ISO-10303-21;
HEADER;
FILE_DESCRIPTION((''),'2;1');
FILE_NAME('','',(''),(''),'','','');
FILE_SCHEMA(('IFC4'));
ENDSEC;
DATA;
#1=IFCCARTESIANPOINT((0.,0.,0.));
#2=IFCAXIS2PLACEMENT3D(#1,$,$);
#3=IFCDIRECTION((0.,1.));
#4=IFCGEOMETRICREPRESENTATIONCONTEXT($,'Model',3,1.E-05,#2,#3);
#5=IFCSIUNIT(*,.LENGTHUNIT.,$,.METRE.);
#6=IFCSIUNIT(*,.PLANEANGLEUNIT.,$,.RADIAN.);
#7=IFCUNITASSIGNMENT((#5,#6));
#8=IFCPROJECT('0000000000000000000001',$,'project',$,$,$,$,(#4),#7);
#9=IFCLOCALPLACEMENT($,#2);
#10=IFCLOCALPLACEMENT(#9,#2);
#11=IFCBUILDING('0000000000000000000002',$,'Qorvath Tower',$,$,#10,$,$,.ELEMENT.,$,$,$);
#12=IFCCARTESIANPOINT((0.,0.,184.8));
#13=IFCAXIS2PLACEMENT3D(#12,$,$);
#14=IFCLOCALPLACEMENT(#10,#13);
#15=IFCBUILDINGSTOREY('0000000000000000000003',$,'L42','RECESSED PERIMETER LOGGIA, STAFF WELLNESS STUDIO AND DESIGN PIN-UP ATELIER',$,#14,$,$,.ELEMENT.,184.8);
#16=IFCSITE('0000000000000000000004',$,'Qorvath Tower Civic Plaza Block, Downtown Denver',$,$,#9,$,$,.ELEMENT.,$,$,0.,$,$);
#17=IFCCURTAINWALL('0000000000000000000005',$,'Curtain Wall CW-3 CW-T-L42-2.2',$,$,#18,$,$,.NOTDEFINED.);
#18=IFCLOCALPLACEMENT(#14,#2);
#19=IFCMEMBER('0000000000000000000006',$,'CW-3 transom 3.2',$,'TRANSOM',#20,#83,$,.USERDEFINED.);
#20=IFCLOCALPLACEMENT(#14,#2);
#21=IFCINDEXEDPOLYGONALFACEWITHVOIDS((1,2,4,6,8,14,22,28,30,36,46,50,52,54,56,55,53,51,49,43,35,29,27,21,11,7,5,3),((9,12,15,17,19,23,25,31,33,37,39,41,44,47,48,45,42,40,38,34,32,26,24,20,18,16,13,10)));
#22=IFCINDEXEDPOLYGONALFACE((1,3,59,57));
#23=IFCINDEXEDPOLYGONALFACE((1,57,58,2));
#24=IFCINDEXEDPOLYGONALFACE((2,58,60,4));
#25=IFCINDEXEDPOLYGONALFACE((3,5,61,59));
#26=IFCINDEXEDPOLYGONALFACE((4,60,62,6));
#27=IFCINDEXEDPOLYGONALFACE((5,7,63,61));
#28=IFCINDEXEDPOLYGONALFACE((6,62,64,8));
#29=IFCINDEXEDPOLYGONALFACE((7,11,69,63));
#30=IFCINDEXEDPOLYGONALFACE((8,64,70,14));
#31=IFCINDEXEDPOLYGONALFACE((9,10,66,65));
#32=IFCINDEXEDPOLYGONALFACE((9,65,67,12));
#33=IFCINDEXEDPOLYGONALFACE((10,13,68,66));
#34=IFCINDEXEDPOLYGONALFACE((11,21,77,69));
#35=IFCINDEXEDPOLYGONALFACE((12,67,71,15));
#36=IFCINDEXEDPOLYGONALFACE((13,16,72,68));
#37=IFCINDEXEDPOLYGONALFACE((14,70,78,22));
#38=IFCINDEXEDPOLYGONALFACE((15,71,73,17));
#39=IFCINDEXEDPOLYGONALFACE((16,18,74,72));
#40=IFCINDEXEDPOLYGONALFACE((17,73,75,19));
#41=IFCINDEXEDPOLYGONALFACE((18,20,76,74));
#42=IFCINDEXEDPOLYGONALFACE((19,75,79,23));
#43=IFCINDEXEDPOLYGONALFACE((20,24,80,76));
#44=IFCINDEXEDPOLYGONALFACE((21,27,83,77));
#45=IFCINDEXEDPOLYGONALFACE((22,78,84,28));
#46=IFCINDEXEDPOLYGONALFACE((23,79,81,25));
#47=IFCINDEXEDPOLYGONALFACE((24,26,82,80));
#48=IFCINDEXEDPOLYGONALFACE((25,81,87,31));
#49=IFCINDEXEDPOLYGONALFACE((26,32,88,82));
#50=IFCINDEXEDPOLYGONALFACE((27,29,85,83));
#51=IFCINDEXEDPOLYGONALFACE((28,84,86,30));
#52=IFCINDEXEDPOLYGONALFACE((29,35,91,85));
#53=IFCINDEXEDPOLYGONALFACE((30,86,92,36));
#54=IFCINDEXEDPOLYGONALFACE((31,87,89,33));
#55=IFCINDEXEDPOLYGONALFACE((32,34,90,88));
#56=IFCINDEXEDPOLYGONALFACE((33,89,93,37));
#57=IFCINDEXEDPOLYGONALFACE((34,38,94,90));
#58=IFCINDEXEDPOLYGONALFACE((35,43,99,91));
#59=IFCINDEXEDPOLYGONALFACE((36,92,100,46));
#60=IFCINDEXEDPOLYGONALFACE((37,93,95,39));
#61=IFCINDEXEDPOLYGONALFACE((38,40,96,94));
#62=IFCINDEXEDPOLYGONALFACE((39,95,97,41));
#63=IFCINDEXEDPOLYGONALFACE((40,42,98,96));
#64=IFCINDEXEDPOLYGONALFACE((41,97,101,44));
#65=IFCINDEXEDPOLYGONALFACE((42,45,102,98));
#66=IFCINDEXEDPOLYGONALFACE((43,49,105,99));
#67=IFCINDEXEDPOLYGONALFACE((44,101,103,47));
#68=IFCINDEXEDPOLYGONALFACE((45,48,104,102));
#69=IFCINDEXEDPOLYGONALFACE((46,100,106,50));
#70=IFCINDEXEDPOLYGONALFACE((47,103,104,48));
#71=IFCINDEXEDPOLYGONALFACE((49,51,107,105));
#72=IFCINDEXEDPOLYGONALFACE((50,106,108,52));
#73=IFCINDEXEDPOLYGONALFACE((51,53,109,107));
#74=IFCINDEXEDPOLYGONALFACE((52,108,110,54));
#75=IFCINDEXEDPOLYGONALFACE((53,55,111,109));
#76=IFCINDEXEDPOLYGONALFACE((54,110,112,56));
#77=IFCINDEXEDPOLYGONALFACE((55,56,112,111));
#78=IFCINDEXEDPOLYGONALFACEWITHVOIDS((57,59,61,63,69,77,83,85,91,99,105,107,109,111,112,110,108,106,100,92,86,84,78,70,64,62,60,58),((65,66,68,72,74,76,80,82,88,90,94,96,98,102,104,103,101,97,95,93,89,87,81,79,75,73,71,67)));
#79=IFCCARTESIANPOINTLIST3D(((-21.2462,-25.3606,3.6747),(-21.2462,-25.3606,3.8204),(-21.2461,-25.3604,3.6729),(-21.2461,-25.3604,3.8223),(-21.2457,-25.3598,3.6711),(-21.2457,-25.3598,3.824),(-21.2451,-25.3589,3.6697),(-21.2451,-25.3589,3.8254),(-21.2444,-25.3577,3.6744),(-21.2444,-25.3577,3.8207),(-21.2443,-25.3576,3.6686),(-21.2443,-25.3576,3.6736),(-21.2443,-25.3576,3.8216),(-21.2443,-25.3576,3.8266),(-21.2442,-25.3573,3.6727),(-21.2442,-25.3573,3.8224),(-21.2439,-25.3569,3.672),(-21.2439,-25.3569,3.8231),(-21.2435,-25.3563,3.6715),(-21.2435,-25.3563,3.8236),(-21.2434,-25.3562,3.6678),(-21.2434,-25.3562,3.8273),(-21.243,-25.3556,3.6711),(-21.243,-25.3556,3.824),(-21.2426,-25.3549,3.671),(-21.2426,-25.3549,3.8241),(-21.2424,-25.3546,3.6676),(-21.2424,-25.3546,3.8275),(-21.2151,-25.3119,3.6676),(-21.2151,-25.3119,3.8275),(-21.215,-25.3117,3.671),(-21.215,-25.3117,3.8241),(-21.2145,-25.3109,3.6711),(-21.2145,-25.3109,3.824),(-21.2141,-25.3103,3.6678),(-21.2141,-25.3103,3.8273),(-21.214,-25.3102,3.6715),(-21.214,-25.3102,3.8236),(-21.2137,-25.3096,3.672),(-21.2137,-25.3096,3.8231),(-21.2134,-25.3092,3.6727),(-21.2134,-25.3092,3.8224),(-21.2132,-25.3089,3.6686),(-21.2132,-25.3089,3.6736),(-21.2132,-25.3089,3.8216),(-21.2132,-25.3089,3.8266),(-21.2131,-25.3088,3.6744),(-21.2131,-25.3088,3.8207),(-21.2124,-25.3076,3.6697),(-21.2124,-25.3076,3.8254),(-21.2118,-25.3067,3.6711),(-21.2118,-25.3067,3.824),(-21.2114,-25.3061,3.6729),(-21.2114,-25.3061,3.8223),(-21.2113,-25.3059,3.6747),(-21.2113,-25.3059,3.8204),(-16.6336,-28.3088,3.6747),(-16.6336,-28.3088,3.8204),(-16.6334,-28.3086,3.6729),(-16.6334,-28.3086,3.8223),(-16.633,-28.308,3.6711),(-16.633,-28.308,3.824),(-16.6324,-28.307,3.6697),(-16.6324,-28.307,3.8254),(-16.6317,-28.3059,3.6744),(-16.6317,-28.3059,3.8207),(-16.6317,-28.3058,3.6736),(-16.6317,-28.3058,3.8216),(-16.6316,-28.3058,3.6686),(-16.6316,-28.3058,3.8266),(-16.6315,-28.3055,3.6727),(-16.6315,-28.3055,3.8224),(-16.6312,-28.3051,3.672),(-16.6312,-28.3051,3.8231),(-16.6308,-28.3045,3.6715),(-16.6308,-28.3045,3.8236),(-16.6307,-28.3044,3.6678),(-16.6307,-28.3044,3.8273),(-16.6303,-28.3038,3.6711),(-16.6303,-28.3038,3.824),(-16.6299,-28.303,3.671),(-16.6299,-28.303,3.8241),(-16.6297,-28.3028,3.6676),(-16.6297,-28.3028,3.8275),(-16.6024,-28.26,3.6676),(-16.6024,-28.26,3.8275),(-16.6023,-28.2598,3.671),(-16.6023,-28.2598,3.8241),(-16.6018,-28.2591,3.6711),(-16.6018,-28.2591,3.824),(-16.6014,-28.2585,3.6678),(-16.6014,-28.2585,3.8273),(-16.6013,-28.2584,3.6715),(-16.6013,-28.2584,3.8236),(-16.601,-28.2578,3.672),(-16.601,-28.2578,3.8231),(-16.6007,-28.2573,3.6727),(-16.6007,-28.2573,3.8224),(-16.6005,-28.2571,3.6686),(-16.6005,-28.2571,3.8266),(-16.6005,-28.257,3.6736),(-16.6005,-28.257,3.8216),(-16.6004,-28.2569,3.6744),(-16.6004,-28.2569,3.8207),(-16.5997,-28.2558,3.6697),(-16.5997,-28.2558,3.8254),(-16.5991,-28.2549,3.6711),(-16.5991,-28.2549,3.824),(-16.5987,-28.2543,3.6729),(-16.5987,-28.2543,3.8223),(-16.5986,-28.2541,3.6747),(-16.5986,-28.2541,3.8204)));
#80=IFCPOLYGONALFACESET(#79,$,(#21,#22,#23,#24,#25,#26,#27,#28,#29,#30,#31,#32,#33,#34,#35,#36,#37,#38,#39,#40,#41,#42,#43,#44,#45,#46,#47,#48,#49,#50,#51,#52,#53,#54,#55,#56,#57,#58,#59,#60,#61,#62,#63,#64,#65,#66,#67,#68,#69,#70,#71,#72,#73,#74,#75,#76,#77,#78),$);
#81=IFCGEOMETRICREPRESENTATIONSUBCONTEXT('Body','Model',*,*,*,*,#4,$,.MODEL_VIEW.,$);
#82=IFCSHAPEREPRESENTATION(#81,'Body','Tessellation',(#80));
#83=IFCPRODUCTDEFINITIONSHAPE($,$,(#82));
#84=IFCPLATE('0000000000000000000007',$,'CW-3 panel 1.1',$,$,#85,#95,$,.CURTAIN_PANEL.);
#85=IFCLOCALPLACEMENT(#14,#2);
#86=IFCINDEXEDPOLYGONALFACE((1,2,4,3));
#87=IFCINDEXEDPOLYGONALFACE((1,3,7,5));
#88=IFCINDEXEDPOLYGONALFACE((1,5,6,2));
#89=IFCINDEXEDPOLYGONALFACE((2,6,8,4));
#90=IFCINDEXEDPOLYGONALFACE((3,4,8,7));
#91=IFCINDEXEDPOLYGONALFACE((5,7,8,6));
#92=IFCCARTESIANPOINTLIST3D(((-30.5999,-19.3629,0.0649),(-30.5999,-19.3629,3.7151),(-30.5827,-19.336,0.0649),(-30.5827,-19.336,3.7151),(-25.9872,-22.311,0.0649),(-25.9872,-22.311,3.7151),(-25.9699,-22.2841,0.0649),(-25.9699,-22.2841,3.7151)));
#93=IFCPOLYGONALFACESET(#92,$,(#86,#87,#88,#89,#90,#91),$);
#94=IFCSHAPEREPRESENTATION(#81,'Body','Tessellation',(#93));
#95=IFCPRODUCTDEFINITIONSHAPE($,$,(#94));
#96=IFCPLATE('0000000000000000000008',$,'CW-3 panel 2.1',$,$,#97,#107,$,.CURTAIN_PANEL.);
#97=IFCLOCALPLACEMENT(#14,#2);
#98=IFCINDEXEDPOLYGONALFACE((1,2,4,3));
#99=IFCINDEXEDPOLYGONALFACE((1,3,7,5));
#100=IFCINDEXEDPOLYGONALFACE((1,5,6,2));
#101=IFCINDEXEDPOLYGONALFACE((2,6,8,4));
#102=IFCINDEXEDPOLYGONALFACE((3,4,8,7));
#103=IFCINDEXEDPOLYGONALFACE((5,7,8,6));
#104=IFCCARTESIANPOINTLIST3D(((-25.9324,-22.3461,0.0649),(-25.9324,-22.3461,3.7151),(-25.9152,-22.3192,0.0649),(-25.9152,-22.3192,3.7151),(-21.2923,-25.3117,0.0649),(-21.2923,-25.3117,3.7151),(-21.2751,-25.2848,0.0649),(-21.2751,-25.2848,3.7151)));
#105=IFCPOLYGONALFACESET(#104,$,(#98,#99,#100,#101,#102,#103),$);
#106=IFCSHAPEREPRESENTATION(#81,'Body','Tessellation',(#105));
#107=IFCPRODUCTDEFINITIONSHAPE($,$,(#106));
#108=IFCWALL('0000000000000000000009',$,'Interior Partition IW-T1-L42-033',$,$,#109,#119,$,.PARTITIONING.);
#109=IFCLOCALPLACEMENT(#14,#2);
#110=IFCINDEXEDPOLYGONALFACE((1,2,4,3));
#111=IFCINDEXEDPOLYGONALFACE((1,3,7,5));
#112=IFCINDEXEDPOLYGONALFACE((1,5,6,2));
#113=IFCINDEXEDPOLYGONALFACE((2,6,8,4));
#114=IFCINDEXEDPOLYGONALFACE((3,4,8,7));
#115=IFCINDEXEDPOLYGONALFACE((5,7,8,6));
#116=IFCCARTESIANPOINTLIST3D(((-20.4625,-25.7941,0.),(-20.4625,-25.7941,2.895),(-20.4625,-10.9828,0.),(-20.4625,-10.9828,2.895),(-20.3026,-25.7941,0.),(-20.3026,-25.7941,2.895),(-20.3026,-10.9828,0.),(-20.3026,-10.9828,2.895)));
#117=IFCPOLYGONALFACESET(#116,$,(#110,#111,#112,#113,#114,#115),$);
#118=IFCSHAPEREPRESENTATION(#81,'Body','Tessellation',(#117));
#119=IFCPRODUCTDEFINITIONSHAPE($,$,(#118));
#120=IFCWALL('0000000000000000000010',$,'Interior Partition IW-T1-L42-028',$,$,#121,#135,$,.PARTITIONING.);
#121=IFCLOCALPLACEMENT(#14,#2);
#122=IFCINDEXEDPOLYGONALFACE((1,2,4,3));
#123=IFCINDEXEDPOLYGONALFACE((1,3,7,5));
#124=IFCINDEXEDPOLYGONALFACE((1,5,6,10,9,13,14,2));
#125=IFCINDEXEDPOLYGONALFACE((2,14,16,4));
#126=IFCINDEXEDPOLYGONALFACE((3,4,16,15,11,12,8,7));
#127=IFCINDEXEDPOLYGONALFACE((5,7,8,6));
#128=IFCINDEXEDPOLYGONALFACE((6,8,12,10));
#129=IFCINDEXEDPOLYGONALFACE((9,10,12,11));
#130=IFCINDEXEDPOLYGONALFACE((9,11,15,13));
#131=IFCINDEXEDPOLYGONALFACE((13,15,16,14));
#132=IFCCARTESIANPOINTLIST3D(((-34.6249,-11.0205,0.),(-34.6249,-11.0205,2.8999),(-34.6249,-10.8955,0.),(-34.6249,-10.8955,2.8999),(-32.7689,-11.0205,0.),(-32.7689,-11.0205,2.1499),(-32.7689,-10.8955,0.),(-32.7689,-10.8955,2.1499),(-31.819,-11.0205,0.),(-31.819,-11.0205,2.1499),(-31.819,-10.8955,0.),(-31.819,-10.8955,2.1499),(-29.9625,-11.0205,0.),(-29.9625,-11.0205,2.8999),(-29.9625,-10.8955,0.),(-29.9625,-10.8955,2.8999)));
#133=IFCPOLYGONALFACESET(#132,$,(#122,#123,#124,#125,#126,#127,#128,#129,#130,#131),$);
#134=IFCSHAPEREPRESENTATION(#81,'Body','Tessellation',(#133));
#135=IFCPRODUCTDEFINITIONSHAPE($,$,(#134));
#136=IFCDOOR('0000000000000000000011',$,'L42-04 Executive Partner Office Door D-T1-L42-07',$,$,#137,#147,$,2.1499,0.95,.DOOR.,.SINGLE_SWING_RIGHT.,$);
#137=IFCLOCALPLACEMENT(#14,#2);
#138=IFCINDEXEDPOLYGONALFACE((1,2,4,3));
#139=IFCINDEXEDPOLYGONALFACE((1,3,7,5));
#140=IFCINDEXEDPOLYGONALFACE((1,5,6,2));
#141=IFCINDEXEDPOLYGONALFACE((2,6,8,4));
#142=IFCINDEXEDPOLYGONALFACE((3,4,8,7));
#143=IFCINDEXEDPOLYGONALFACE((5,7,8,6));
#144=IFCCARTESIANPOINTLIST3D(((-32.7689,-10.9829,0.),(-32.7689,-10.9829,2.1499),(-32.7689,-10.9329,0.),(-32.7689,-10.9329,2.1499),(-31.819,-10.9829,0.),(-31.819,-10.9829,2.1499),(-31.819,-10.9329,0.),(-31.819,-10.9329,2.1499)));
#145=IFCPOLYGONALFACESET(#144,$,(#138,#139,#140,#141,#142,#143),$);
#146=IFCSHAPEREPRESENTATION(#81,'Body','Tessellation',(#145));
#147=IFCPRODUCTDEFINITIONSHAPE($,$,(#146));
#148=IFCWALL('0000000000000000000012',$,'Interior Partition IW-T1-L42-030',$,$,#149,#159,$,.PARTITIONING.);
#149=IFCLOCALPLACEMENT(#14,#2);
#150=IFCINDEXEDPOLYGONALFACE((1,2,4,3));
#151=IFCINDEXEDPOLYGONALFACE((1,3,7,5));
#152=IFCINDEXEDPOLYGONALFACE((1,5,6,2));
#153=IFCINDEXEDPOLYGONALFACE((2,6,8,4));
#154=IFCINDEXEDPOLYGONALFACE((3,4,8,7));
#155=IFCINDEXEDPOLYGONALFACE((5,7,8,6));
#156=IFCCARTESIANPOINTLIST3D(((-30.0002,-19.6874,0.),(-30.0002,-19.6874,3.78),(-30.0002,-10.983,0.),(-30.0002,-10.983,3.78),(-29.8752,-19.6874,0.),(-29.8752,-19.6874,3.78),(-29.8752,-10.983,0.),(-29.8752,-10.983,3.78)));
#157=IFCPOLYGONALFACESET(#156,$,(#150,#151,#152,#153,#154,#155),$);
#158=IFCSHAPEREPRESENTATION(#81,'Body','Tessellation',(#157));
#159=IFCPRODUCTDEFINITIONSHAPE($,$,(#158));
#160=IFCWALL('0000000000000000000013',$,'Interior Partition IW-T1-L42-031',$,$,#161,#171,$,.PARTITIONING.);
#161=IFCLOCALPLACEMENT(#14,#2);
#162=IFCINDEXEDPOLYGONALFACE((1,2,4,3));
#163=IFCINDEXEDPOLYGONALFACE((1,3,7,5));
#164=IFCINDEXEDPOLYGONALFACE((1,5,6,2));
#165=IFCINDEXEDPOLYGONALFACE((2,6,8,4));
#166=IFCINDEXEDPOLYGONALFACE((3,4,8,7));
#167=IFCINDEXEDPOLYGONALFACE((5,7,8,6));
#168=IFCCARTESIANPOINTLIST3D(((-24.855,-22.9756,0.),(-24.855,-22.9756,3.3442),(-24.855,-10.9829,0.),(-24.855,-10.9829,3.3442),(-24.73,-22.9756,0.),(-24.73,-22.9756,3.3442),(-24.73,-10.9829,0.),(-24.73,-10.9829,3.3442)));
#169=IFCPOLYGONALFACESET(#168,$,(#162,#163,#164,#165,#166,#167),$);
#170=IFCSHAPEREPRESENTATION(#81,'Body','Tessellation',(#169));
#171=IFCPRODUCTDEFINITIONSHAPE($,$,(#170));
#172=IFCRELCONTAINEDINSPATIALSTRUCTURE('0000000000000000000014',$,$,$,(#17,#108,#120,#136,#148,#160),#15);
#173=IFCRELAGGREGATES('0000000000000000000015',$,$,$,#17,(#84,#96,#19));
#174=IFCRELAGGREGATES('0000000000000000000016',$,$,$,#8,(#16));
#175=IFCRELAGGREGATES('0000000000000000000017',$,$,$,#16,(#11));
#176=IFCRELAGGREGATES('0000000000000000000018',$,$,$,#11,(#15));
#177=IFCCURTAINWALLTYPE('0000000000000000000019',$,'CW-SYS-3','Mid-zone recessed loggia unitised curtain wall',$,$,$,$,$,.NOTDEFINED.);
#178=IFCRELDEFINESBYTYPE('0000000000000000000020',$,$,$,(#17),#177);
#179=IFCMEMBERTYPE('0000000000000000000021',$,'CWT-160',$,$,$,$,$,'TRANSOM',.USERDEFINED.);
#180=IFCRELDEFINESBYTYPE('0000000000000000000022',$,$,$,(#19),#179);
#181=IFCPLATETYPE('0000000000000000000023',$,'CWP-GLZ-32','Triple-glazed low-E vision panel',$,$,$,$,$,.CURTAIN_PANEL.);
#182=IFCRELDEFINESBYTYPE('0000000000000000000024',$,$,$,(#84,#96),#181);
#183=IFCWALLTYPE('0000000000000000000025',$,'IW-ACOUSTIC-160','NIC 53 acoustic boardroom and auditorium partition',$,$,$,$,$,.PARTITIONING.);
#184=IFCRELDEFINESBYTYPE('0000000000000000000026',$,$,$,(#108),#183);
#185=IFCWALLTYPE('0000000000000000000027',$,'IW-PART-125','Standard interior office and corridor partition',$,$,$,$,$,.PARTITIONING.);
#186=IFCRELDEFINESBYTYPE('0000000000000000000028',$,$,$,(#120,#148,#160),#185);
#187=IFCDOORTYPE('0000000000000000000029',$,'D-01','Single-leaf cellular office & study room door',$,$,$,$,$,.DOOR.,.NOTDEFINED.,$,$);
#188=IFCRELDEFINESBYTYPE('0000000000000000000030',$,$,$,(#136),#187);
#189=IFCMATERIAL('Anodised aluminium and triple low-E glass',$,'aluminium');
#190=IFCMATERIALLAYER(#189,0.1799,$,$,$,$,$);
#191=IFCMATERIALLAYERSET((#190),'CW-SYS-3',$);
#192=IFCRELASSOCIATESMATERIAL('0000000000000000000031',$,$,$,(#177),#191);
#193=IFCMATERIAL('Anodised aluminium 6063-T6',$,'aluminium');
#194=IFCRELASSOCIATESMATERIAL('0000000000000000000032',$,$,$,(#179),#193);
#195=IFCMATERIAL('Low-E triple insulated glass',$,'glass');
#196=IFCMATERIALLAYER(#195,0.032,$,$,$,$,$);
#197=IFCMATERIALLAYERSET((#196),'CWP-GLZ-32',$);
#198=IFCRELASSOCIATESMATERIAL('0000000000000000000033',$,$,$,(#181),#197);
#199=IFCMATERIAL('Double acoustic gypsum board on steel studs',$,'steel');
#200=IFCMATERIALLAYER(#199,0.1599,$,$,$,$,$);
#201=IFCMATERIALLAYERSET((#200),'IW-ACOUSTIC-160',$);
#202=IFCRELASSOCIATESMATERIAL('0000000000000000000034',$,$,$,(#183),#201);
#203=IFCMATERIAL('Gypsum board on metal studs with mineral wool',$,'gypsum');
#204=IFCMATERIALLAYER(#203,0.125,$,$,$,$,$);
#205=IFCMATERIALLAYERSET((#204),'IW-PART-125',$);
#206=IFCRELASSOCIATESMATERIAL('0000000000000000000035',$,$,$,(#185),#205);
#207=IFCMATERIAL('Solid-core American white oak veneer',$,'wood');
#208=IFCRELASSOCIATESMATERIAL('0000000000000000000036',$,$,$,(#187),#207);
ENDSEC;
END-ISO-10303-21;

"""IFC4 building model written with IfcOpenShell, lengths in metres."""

from ifc_helpers import new_model, si_unit, direction, frame, frame_2d, origin, origin_2d, place, context, subcontext, project, spatial, rectangle, hollow_rectangle, extrude, material, layer, layer_set, material_profile, profile_set, type_object, element, fill, aggregate, save


model = new_model("IFC4")

# Units and contexts
model_context = context("Model", 3, precision=1e-05, world=origin(), true_north=direction((0.0, 1.0)))
body_context = subcontext(model_context, "Body", "Model", "MODEL_VIEW")
ifc_project = project(units=[si_unit("LENGTHUNIT", "METRE"), si_unit("PLANEANGLEUNIT", "RADIAN")], contexts=[model_context])

# Site, building, storey
site_placement = place(None, origin())
site = spatial("IfcSite", under=ifc_project, at=site_placement, Name="Qorvath Tower Civic Plaza Block, Downtown Denver", CompositionType="ELEMENT", RefElevation=0.0)
building_placement = place(site_placement, origin())
building = spatial("IfcBuilding", under=site, at=building_placement, Name="Qorvath Tower", CompositionType="ELEMENT")
storey_placement = place(building_placement, frame((0.0, 0.0, 184.8)))
storey = spatial("IfcBuildingStorey", under=building, at=storey_placement, Name="L42", Description="RECESSED PERIMETER LOGGIA, STAFF WELLNESS STUDIO AND DESIGN PIN-UP ATELIER", CompositionType="ELEMENT", Elevation=184.8)

# Curtain wall, member, plates
ifc_material_1 = material(Name="Anodised aluminium and triple low-E glass", Category="aluminium")
ifc_layer_1 = layer(ifc_material_1, 0.1799)
ifc_layer_set_1 = layer_set([ifc_layer_1], Name="CW-SYS-3")
curtain_wall_type = type_object("IfcCurtainWallType", Name="CW-SYS-3", Description="Mid-zone recessed loggia unitised curtain wall", PredefinedType="NOTDEFINED", material=ifc_layer_set_1)
curtain_wall_placement = place(storey_placement, origin())
curtain_wall = element("IfcCurtainWall", 1, at=curtain_wall_placement, inside=storey, type_object=curtain_wall_type, Name="Curtain Wall CW-3 CW-T-L42-2.2", PredefinedType="NOTDEFINED")
ifc_material_2 = material(Name="Anodised aluminium 6063-T6", Category="aluminium")
ifc_material_profile_1 = material_profile(ifc_material_2, hollow_rectangle(XDim=0.0649, YDim=0.1599, WallThickness=0.0034, InnerFilletRadius=0.0034, OuterFilletRadius=0.0071, at=origin_2d()), Name="CWT 160x65")
ifc_profile_set_1 = profile_set([ifc_material_profile_1], Name="Anodised aluminium 6063-T6")
member_type_1 = type_object("IfcMemberType", Name="CWT-160", ElementType="TRANSOM", PredefinedType="USERDEFINED", material=ifc_profile_set_1)
member_1_placement = place(storey_placement, frame((-21.2288, -25.3333, 3.7476), z_axis=(0.842598, -0.538542, 0.0), x_axis=(0.538542, 0.842598, 0.0)))
member_1 = element("IfcMember", 2, at=member_1_placement, type_object=member_type_1, Name="CW-3 transom 3.2", ObjectType="TRANSOM", PredefinedType="USERDEFINED", context=body_context, shape_type="SweptSolid", body=[
    extrude(hollow_rectangle(XDim=0.0649, YDim=0.1599, WallThickness=0.0034, InnerFilletRadius=0.0034, OuterFilletRadius=0.0071, at=origin_2d()), origin(), (0.0, 0.0, 1.0), 5.4744),
])
ifc_material_3 = material(Name="Low-E triple insulated glass", Category="glass")
ifc_layer_2 = layer(ifc_material_3, 0.032)
ifc_layer_set_2 = layer_set([ifc_layer_2], Name="CWP-GLZ-32")
plate_type = type_object("IfcPlateType", Name="CWP-GLZ-32", Description="Triple-glazed low-E vision panel", PredefinedType="CURTAIN_PANEL", material=ifc_layer_set_2)
plate_1_placement = place(storey_placement, frame((-28.2849, -20.8235, 0.0649), z_axis=(0.0, 0.0, 1.0), x_axis=(0.842606, -0.538531, 0.0)))
plate_1 = element("IfcPlate", 3, at=plate_1_placement, type_object=plate_type, Name="CW-3 panel 1.1", PredefinedType="CURTAIN_PANEL", context=body_context, shape_type="SweptSolid", body=[
    extrude(rectangle(XDim=5.4744, YDim=0.032, at=origin_2d()), origin(), (0.0, 0.0, 1.0), 3.6501),
])
plate_2_placement = place(storey_placement, frame((-23.6038, -23.8154, 0.0649), z_axis=(0.0, 0.0, 1.0), x_axis=(0.842606, -0.538531, 0.0)))
plate_2 = element("IfcPlate", 4, at=plate_2_placement, type_object=plate_type, Name="CW-3 panel 2.1", PredefinedType="CURTAIN_PANEL", context=body_context, shape_type="SweptSolid", body=[
    extrude(rectangle(XDim=5.5068, YDim=0.032, at=origin_2d()), origin(), (0.0, 0.0, 1.0), 3.6501),
])
aggregate(curtain_wall, [plate_1, plate_2, member_1])

# Wall
ifc_material_4 = material(Name="Double acoustic gypsum board on steel studs", Category="steel")
ifc_layer_3 = layer(ifc_material_4, 0.1599)
ifc_layer_set_3 = layer_set([ifc_layer_3], Name="IW-ACOUSTIC-160")
wall_type_1 = type_object("IfcWallType", Name="IW-ACOUSTIC-160", Description="NIC 53 acoustic boardroom and auditorium partition", PredefinedType="PARTITIONING", material=ifc_layer_set_3)
wall_1_placement = place(storey_placement, frame((-20.3826, -25.7942, 0.0), z_axis=(0.0, 0.0, 1.0), x_axis=(0.0, 1.0, 0.0)))
element("IfcWall", 5, at=wall_1_placement, inside=storey, type_object=wall_type_1, Name="Interior Partition IW-T1-L42-033", PredefinedType="PARTITIONING", context=body_context, shape_type="SweptSolid", body=[
    extrude(rectangle(XDim=14.8113, YDim=0.1599, at=frame_2d((7.4058, 0.0))), origin(), (0.0, 0.0, 1.0), 2.895),
])

# Wall, opening, door
ifc_material_5 = material(Name="Gypsum board on metal studs with mineral wool", Category="gypsum")
ifc_layer_4 = layer(ifc_material_5, 0.125)
ifc_layer_set_4 = layer_set([ifc_layer_4], Name="IW-PART-125")
wall_type_2 = type_object("IfcWallType", Name="IW-PART-125", Description="Standard interior office and corridor partition", PredefinedType="PARTITIONING", material=ifc_layer_set_4)
wall_2_placement = place(storey_placement, frame((-29.9626, -10.958, 0.0), z_axis=(0.0, 0.0, 1.0), x_axis=(-1.0, 0.0, 0.0)))
wall_2 = element("IfcWall", 6, at=wall_2_placement, inside=storey, type_object=wall_type_2, Name="Interior Partition IW-T1-L42-028", PredefinedType="PARTITIONING", context=body_context, shape_type="SweptSolid", body=[
    extrude(rectangle(XDim=4.6624, YDim=0.125, at=frame_2d((2.3311, 0.0))), origin(), (0.0, 0.0, 1.0), 2.8999),
])
opening_1_placement = place(wall_2_placement, frame((1.8562, 0.0, 0.0)))
opening_1 = element("IfcOpeningElement", 7, at=opening_1_placement, cuts=wall_2, PredefinedType="OPENING", context=body_context, shape_type="SweptSolid", body=[
    extrude(rectangle(XDim=0.95, YDim=2.1499, at=frame_2d((0.4751, 1.075))), frame((0.0, 0.0725, 0.0), z_axis=(0.0, -1.0, 0.0), x_axis=(1.0, 0.0, 0.0)), (0.0, 0.0, 1.0), 0.145),
])
ifc_material_6 = material(Name="Solid-core American white oak veneer", Category="wood")
door_type_1 = type_object("IfcDoorType", Name="D-01", Description="Single-leaf cellular office & study room door", OperationType="NOTDEFINED", PredefinedType="DOOR", material=ifc_material_6)
door_1_placement = place(opening_1_placement, origin())
door_1 = element("IfcDoor", 8, at=door_1_placement, inside=storey, type_object=door_type_1, Name="L42-04 Executive Partner Office Door D-T1-L42-07", OperationType="SINGLE_SWING_RIGHT", OverallHeight=2.1499, OverallWidth=0.95, PredefinedType="DOOR", context=body_context, shape_type="SweptSolid", body=[
    extrude(rectangle(XDim=0.95, YDim=2.1499, at=frame_2d((0.4751, 1.075))), frame((0.0, 0.0249, 0.0), z_axis=(0.0, -1.0, 0.0), x_axis=(1.0, 0.0, 0.0)), (0.0, 0.0, 1.0), 0.05),
])
fill(opening_1, door_1)

# Walls
wall_3_placement = place(storey_placement, frame((-29.9377, -19.6873, 0.0), z_axis=(0.0, 0.0, 1.0), x_axis=(0.0, 1.0, 0.0)))
element("IfcWall", 9, at=wall_3_placement, inside=storey, type_object=wall_type_2, Name="Interior Partition IW-T1-L42-030", PredefinedType="PARTITIONING", context=body_context, shape_type="SweptSolid", body=[
    extrude(rectangle(XDim=8.7043, YDim=0.125, at=frame_2d((4.3521, 0.0))), origin(), (0.0, 0.0, 1.0), 3.78),
])
wall_4_placement = place(storey_placement, frame((-24.7925, -22.9756, 0.0), z_axis=(0.0, 0.0, 1.0), x_axis=(0.0, 1.0, 0.0)))
element("IfcWall", 10, at=wall_4_placement, inside=storey, type_object=wall_type_2, Name="Interior Partition IW-T1-L42-031", PredefinedType="PARTITIONING", context=body_context, shape_type="SweptSolid", body=[
    extrude(rectangle(XDim=11.9927, YDim=0.125, at=frame_2d((5.9963, 0.0))), origin(), (0.0, 0.0, 1.0), 3.3442),
])

save(model, "model.ifc")
